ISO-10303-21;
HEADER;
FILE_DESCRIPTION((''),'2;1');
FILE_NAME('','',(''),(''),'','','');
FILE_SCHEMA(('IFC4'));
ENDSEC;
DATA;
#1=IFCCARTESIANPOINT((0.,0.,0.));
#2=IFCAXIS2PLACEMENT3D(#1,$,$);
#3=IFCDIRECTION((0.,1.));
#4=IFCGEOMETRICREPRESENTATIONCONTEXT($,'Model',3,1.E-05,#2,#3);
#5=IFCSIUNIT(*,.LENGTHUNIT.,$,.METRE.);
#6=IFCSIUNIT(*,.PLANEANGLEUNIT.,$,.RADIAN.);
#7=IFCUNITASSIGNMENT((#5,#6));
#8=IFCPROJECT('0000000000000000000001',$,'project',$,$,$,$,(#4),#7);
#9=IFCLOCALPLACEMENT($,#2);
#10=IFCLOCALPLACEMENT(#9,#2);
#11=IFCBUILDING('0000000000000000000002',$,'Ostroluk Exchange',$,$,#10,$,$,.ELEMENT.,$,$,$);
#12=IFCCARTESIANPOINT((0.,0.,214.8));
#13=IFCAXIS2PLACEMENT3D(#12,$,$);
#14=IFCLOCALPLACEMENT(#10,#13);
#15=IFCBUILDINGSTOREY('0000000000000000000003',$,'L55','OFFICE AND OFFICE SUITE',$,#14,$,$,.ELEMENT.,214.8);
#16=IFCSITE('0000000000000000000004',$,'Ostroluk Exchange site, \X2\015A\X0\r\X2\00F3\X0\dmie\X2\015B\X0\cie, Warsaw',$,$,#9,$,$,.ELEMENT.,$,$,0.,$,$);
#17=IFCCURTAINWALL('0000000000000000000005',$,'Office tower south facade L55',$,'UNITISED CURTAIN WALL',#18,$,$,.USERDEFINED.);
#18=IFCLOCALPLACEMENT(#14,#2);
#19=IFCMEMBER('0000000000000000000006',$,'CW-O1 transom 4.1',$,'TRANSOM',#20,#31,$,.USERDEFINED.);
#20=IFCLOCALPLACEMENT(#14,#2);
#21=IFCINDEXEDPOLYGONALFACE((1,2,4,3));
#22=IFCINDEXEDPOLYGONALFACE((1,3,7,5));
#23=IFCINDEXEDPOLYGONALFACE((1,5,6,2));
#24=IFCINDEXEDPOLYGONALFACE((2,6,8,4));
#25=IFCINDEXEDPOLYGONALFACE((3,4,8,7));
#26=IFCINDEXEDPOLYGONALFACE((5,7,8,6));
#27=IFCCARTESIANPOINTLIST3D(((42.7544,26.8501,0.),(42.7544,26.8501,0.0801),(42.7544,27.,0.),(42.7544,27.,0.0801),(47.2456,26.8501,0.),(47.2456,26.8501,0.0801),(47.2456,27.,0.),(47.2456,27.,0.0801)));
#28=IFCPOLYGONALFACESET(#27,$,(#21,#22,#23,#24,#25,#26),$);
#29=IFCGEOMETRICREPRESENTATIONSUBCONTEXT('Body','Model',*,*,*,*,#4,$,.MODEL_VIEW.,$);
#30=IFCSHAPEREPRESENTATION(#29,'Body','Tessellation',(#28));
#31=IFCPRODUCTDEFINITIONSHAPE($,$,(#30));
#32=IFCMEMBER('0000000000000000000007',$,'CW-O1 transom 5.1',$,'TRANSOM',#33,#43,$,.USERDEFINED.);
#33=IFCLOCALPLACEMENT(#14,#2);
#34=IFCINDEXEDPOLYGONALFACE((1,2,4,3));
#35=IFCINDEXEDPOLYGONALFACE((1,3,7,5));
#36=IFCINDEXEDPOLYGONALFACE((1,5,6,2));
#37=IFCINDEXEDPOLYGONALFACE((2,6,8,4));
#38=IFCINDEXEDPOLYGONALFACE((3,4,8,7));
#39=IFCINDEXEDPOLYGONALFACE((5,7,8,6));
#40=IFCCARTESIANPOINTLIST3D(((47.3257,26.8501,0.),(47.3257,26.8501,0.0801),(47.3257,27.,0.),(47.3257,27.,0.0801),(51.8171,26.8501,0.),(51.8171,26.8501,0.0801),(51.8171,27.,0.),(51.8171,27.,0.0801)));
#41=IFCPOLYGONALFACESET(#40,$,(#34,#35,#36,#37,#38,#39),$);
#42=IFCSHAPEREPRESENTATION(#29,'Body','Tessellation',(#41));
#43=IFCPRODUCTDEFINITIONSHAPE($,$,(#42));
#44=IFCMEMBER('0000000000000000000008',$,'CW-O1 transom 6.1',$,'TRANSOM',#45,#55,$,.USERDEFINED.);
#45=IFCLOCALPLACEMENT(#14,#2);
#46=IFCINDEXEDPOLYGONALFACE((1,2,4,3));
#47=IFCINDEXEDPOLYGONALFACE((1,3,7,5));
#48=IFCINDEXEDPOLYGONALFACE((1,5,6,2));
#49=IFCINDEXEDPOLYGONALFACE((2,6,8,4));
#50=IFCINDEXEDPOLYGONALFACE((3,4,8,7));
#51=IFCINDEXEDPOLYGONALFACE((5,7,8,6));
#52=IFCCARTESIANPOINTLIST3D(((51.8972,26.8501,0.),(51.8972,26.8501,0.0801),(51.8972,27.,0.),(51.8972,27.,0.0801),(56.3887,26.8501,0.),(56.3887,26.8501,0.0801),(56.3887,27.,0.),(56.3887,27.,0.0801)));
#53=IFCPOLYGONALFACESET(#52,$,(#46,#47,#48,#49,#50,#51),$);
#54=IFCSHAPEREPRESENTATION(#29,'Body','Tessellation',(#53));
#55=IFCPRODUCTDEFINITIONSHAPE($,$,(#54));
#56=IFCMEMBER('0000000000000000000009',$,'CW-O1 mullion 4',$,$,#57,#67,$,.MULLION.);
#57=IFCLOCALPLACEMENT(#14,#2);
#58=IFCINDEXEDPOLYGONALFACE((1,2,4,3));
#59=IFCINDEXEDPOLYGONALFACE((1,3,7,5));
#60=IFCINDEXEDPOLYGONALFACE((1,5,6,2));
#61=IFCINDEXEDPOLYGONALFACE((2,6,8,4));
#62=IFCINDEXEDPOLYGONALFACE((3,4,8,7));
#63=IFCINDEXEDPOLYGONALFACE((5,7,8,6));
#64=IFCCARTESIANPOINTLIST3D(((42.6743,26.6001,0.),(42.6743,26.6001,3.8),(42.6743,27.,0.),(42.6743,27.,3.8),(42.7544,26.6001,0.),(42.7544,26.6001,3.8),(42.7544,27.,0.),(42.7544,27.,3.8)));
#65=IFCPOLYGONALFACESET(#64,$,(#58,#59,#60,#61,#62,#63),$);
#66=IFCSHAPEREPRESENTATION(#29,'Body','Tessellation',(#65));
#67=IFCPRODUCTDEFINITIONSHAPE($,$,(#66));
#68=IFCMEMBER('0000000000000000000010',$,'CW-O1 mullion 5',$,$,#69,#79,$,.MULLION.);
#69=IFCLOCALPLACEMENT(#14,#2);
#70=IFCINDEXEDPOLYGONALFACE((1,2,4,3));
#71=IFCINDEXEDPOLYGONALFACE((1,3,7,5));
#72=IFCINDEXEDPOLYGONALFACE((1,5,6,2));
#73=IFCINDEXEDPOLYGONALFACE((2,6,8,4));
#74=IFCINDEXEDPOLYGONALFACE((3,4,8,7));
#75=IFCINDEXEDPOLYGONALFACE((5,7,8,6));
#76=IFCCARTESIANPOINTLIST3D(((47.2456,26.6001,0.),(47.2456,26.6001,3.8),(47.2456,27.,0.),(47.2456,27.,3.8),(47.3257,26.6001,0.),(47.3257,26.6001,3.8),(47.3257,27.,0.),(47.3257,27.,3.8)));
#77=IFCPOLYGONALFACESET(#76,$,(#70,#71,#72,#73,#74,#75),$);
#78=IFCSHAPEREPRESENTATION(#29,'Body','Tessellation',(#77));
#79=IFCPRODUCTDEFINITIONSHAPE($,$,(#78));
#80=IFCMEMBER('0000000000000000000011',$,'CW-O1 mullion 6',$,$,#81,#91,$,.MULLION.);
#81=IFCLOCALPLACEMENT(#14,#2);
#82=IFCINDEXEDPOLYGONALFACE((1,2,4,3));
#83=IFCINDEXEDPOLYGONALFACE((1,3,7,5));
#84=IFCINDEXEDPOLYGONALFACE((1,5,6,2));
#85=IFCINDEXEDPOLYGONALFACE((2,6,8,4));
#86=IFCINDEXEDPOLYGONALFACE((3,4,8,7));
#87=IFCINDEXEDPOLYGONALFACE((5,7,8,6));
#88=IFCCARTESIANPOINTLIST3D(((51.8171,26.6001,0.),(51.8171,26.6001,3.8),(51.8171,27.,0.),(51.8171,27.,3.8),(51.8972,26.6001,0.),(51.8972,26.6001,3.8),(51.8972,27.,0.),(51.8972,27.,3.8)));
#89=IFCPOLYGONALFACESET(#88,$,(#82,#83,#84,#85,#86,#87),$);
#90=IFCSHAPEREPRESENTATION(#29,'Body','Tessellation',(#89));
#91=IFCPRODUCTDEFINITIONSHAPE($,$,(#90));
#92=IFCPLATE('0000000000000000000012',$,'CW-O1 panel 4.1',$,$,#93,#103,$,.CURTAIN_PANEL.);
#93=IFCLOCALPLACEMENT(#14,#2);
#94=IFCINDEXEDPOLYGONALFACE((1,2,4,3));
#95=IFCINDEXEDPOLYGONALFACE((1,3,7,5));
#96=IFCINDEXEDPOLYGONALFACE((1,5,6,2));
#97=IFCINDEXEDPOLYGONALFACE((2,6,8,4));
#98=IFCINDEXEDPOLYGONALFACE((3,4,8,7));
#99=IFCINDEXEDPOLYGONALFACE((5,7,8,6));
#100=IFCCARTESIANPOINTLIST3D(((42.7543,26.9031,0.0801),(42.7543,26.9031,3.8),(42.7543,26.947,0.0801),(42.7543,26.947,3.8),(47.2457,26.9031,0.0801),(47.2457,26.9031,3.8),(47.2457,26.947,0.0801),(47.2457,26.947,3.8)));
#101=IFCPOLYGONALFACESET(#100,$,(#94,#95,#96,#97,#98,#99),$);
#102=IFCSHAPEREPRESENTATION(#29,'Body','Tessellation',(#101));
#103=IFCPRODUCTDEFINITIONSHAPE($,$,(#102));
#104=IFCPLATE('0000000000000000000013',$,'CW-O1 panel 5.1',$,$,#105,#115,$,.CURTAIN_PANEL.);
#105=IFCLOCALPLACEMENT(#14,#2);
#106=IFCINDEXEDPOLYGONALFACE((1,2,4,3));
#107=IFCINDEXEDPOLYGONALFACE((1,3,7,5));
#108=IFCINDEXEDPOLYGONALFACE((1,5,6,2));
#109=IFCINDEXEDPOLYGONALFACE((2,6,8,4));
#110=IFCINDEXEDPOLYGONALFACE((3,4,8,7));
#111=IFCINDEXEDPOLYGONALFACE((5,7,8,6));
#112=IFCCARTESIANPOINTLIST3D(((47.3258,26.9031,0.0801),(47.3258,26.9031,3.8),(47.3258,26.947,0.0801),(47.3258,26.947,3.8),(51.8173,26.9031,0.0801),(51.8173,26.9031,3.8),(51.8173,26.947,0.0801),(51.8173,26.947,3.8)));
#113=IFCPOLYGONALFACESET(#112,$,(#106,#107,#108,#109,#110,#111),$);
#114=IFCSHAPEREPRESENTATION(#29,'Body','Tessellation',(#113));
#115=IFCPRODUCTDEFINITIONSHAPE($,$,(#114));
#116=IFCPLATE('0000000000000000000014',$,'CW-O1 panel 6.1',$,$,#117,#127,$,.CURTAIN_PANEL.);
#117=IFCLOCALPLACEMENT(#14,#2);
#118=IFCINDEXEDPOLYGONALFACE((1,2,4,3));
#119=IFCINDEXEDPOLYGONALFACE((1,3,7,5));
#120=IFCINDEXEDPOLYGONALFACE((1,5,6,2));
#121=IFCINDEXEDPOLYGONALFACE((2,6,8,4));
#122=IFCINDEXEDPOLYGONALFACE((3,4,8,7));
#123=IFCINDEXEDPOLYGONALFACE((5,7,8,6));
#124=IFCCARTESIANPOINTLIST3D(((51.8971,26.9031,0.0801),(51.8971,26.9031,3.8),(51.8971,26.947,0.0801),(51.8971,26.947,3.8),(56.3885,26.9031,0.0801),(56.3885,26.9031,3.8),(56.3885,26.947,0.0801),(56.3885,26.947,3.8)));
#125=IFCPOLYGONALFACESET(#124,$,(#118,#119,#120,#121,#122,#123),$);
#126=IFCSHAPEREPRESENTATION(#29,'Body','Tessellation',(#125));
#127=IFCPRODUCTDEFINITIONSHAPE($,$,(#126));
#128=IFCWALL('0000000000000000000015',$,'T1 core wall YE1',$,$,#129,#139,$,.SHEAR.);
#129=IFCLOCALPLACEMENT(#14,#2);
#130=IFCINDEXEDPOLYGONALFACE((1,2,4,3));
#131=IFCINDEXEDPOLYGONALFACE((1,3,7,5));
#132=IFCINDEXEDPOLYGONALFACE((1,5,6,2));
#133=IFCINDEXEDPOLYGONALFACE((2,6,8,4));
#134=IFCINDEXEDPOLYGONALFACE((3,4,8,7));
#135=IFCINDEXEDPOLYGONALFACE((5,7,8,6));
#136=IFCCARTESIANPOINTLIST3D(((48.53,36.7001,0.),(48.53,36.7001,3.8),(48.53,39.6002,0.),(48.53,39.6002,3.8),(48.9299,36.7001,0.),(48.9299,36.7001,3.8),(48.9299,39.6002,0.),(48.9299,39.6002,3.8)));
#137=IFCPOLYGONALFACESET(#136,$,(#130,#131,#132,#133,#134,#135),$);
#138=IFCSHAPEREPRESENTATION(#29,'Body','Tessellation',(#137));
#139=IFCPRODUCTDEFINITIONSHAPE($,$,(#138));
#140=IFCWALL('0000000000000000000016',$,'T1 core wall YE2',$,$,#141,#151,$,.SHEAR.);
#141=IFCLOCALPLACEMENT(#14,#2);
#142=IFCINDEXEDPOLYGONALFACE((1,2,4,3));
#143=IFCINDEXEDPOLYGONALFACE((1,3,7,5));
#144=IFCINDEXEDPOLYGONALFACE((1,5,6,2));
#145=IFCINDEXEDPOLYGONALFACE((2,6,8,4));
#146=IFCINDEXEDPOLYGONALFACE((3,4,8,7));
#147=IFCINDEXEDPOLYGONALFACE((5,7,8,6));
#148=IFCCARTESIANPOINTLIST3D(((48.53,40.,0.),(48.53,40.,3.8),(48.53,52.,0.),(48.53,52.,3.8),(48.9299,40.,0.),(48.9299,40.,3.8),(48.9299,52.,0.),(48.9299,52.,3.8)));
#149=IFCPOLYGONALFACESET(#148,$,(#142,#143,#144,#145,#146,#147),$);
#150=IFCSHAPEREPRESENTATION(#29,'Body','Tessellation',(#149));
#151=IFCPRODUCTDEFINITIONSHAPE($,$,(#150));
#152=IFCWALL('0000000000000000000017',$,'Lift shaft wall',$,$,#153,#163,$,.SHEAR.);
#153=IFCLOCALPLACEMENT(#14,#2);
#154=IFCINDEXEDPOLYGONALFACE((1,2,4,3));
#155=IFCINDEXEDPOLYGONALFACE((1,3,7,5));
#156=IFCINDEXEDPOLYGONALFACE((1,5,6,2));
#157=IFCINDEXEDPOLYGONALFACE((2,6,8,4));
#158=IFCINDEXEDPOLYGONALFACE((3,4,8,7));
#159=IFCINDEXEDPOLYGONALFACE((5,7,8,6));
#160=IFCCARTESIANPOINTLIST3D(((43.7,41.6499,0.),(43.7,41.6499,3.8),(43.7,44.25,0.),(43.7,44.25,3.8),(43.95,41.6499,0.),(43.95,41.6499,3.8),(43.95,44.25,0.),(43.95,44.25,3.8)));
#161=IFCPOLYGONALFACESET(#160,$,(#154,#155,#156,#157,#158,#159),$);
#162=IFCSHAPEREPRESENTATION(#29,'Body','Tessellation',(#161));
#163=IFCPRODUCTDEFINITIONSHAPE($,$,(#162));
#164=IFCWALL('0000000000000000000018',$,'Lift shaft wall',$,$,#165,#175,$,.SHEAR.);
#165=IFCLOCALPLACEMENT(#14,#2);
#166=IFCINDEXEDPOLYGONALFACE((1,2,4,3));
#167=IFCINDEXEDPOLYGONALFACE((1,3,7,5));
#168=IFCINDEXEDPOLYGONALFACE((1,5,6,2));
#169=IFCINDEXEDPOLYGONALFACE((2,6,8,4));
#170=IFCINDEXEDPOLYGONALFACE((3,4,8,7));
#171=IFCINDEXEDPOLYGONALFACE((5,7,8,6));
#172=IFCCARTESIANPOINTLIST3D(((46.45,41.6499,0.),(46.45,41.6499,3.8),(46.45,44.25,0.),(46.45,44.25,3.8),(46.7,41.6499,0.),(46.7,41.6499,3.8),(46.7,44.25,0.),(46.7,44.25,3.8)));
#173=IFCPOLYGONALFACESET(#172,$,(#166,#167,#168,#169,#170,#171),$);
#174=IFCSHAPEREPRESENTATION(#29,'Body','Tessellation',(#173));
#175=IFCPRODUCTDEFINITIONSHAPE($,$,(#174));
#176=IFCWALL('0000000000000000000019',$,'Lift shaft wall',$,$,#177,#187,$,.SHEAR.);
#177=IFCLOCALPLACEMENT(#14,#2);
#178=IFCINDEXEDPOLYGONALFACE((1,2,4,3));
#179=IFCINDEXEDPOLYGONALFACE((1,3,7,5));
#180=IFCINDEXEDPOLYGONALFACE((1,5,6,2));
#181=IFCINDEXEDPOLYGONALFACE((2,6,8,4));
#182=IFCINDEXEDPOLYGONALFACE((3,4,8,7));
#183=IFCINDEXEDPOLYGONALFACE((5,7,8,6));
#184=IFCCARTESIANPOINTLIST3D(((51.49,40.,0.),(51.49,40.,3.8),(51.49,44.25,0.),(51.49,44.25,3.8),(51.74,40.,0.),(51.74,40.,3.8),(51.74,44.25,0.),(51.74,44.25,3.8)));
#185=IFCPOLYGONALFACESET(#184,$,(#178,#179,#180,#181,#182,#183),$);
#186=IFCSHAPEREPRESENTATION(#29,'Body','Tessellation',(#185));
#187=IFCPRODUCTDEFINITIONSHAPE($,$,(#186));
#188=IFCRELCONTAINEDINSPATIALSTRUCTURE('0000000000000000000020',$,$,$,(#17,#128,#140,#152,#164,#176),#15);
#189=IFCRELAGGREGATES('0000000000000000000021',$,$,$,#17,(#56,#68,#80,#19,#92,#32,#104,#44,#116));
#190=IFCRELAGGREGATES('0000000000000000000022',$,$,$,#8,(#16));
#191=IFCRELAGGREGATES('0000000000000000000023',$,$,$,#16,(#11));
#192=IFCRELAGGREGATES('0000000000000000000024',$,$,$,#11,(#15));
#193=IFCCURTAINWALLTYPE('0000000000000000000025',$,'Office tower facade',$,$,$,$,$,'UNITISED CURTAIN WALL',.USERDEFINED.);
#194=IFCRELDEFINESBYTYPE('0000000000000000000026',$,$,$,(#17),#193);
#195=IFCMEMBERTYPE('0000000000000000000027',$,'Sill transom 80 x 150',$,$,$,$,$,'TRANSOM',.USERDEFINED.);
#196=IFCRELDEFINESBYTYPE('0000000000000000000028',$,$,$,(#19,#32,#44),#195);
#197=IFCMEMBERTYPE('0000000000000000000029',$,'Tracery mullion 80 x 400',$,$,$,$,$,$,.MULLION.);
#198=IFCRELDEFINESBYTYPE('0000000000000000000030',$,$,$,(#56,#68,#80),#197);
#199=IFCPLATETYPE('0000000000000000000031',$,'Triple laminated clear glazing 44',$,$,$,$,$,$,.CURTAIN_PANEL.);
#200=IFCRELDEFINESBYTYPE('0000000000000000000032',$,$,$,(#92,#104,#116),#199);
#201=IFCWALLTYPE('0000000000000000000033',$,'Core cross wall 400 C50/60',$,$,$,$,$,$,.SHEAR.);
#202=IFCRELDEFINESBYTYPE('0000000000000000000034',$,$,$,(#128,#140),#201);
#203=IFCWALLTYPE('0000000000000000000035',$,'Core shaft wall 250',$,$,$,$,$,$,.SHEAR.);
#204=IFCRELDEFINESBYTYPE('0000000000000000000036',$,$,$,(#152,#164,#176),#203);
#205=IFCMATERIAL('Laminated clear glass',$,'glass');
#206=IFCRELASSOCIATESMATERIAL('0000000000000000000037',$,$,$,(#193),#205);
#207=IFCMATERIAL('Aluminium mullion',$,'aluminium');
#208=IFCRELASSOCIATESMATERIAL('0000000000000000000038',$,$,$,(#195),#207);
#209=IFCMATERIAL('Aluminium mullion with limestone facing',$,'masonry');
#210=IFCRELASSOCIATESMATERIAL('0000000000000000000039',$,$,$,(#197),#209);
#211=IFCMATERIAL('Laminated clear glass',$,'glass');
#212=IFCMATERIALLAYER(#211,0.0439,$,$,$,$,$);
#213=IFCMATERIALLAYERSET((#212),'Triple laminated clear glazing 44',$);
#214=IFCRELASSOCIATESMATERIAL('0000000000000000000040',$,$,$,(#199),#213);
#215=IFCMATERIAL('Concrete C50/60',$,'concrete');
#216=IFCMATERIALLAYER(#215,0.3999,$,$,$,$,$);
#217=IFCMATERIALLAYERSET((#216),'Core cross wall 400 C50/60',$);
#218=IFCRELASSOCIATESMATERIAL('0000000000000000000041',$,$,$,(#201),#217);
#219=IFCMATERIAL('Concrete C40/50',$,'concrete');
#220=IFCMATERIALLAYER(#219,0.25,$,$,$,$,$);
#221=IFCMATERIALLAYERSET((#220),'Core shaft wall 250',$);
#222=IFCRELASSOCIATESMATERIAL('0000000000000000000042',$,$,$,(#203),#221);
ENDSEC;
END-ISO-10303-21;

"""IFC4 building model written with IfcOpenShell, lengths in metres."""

from ifc_helpers import new_model, si_unit, direction, frame, frame_2d, origin, origin_2d, place, context, subcontext, project, spatial, rectangle, extrude, material, layer, layer_set, material_profile, profile_set, type_object, element, aggregate, save


model = new_model("IFC4")

# Units and contexts
model_context = context("Model", 3, precision=1e-05, world=origin(), true_north=direction((0.0, 1.0)))
body_context = subcontext(model_context, "Body", "Model", "MODEL_VIEW")
ifc_project = project(units=[si_unit("LENGTHUNIT", "METRE"), si_unit("PLANEANGLEUNIT", "RADIAN")], contexts=[model_context])

# Site, building, storey
site_placement = place(None, origin())
site = spatial("IfcSite", under=ifc_project, at=site_placement, Name="Ostroluk Exchange site, Śródmieście, Warsaw", CompositionType="ELEMENT", RefElevation=0.0)
building_placement = place(site_placement, origin())
building = spatial("IfcBuilding", under=site, at=building_placement, Name="Ostroluk Exchange", CompositionType="ELEMENT")
storey_placement = place(building_placement, frame((0.0, 0.0, 214.8)))
storey = spatial("IfcBuildingStorey", under=building, at=storey_placement, Name="L55", Description="OFFICE AND OFFICE SUITE", CompositionType="ELEMENT", Elevation=214.8)

# Curtain wall, members, plates
ifc_material_1 = material(Name="Laminated clear glass", Category="glass")
curtain_wall_type = type_object("IfcCurtainWallType", Name="Office tower facade", ElementType="UNITISED CURTAIN WALL", PredefinedType="USERDEFINED", material=ifc_material_1)
curtain_wall_placement = place(storey_placement, origin())
curtain_wall = element("IfcCurtainWall", 1, at=curtain_wall_placement, inside=storey, type_object=curtain_wall_type, Name="Office tower south facade L55", ObjectType="UNITISED CURTAIN WALL", PredefinedType="USERDEFINED")
ifc_material_2 = material(Name="Aluminium mullion", Category="aluminium")
ifc_material_profile_1 = material_profile(ifc_material_2, rectangle(XDim=0.1499, YDim=0.0801, at=origin_2d()), Name="Sill transom 80 x 150")
ifc_profile_set_1 = profile_set([ifc_material_profile_1], Name="Aluminium mullion")
member_type_1 = type_object("IfcMemberType", Name="Sill transom 80 x 150", ElementType="TRANSOM", PredefinedType="USERDEFINED", material=ifc_profile_set_1)
member_1_placement = place(storey_placement, frame((42.7544, 26.925, 0.04), z_axis=(1.0, 0.0, 0.0), x_axis=(0.0, 1.0, 0.0)))
member_1 = element("IfcMember", 2, at=member_1_placement, type_object=member_type_1, Name="CW-O1 transom 4.1", ObjectType="TRANSOM", PredefinedType="USERDEFINED", context=body_context, shape_type="SweptSolid", body=[
    extrude(rectangle(XDim=0.1499, YDim=0.0801, at=origin_2d()), origin(), (0.0, 0.0, 1.0), 4.4912),
])
member_2_placement = place(storey_placement, frame((47.3257, 26.925, 0.04), z_axis=(1.0, 0.0, 0.0), x_axis=(0.0, 1.0, 0.0)))
member_2 = element("IfcMember", 3, at=member_2_placement, type_object=member_type_1, Name="CW-O1 transom 5.1", ObjectType="TRANSOM", PredefinedType="USERDEFINED", context=body_context, shape_type="SweptSolid", body=[
    extrude(rectangle(XDim=0.1499, YDim=0.0801, at=origin_2d()), origin(), (0.0, 0.0, 1.0), 4.4915),
])
member_3_placement = place(storey_placement, frame((51.8972, 26.925, 0.04), z_axis=(1.0, 0.0, 0.0), x_axis=(0.0, 1.0, 0.0)))
member_3 = element("IfcMember", 4, at=member_3_placement, type_object=member_type_1, Name="CW-O1 transom 6.1", ObjectType="TRANSOM", PredefinedType="USERDEFINED", context=body_context, shape_type="SweptSolid", body=[
    extrude(rectangle(XDim=0.1499, YDim=0.0801, at=origin_2d()), origin(), (0.0, 0.0, 1.0), 4.4915),
])
ifc_material_3 = material(Name="Aluminium mullion with limestone facing", Category="masonry")
ifc_material_profile_2 = material_profile(ifc_material_3, rectangle(XDim=0.3999, YDim=0.0801, at=origin_2d()), Name="Tracery mullion 80 x 400")
ifc_profile_set_2 = profile_set([ifc_material_profile_2], Name="Aluminium mullion with limestone facing")
member_type_2 = type_object("IfcMemberType", Name="Tracery mullion 80 x 400", PredefinedType="MULLION", material=ifc_profile_set_2)
member_4_placement = place(storey_placement, frame((42.7144, 26.8, 0.0), z_axis=(0.0, 0.0, 1.0), x_axis=(0.0, 1.0, 0.0)))
member_4 = element("IfcMember", 5, at=member_4_placement, type_object=member_type_2, Name="CW-O1 mullion 4", PredefinedType="MULLION", context=body_context, shape_type="SweptSolid", body=[
    extrude(rectangle(XDim=0.3999, YDim=0.0801, at=origin_2d()), origin(), (0.0, 0.0, 1.0), 3.8),
])
member_5_placement = place(storey_placement, frame((47.2856, 26.8, 0.0), z_axis=(0.0, 0.0, 1.0), x_axis=(0.0, 1.0, 0.0)))
member_5 = element("IfcMember", 6, at=member_5_placement, type_object=member_type_2, Name="CW-O1 mullion 5", PredefinedType="MULLION", context=body_context, shape_type="SweptSolid", body=[
    extrude(rectangle(XDim=0.3999, YDim=0.0801, at=origin_2d()), origin(), (0.0, 0.0, 1.0), 3.8),
])
member_6_placement = place(storey_placement, frame((51.8572, 26.8, 0.0), z_axis=(0.0, 0.0, 1.0), x_axis=(0.0, 1.0, 0.0)))
member_6 = element("IfcMember", 7, at=member_6_placement, type_object=member_type_2, Name="CW-O1 mullion 6", PredefinedType="MULLION", context=body_context, shape_type="SweptSolid", body=[
    extrude(rectangle(XDim=0.3999, YDim=0.0801, at=origin_2d()), origin(), (0.0, 0.0, 1.0), 3.8),
])
ifc_material_4 = material(Name="Laminated clear glass", Category="glass")
ifc_layer_1 = layer(ifc_material_4, 0.0439)
ifc_layer_set_1 = layer_set([ifc_layer_1], Name="Triple laminated clear glazing 44")
plate_type = type_object("IfcPlateType", Name="Triple laminated clear glazing 44", PredefinedType="CURTAIN_PANEL", material=ifc_layer_set_1)
plate_1_placement = place(storey_placement, frame((45.0, 26.925, 0.0801), z_axis=(0.0, 0.0, 1.0), x_axis=(1.0, 0.0, 0.0)))
plate_1 = element("IfcPlate", 8, at=plate_1_placement, type_object=plate_type, Name="CW-O1 panel 4.1", PredefinedType="CURTAIN_PANEL", context=body_context, shape_type="SweptSolid", body=[
    extrude(rectangle(XDim=4.4915, YDim=0.0439, at=origin_2d()), origin(), (0.0, 0.0, 1.0), 3.72),
])
plate_2_placement = place(storey_placement, frame((49.5715, 26.925, 0.0801), z_axis=(0.0, 0.0, 1.0), x_axis=(1.0, 0.0, 0.0)))
plate_2 = element("IfcPlate", 9, at=plate_2_placement, type_object=plate_type, Name="CW-O1 panel 5.1", PredefinedType="CURTAIN_PANEL", context=body_context, shape_type="SweptSolid", body=[
    extrude(rectangle(XDim=4.4915, YDim=0.0439, at=origin_2d()), origin(), (0.0, 0.0, 1.0), 3.72),
])
plate_3_placement = place(storey_placement, frame((54.1428, 26.925, 0.0801), z_axis=(0.0, 0.0, 1.0), x_axis=(1.0, 0.0, 0.0)))
plate_3 = element("IfcPlate", 10, at=plate_3_placement, type_object=plate_type, Name="CW-O1 panel 6.1", PredefinedType="CURTAIN_PANEL", context=body_context, shape_type="SweptSolid", body=[
    extrude(rectangle(XDim=4.4915, YDim=0.0439, at=origin_2d()), origin(), (0.0, 0.0, 1.0), 3.72),
])
aggregate(curtain_wall, [member_4, member_5, member_6, member_1, plate_1, member_2, plate_2, member_3, plate_3])

# Walls
ifc_material_5 = material(Name="Concrete C50/60", Category="concrete")
ifc_layer_2 = layer(ifc_material_5, 0.3999)
ifc_layer_set_2 = layer_set([ifc_layer_2], Name="Core cross wall 400 C50/60")
wall_type_1 = type_object("IfcWallType", Name="Core cross wall 400 C50/60", PredefinedType="SHEAR", material=ifc_layer_set_2)
wall_1_placement = place(storey_placement, frame((48.73, 36.7, 0.0), z_axis=(0.0, 0.0, 1.0), x_axis=(0.0, 1.0, 0.0)))
element("IfcWall", 11, at=wall_1_placement, inside=storey, type_object=wall_type_1, Name="T1 core wall YE1", PredefinedType="SHEAR", context=body_context, shape_type="SweptSolid", body=[
    extrude(rectangle(XDim=2.9001, YDim=0.3999, at=frame_2d((1.4502, 0.0))), origin(), (0.0, 0.0, 1.0), 3.8),
])
wall_2_placement = place(storey_placement, frame((48.73, 40.0, 0.0), z_axis=(0.0, 0.0, 1.0), x_axis=(0.0, 1.0, 0.0)))
element("IfcWall", 12, at=wall_2_placement, inside=storey, type_object=wall_type_1, Name="T1 core wall YE2", PredefinedType="SHEAR", context=body_context, shape_type="SweptSolid", body=[
    extrude(rectangle(XDim=12.0, YDim=0.3999, at=frame_2d((6.0, 0.0))), origin(), (0.0, 0.0, 1.0), 3.8),
])

# Shared definitions
ifc_material_6 = material(Name="Concrete C40/50", Category="concrete")
ifc_layer_3 = layer(ifc_material_6, 0.25)
ifc_layer_set_3 = layer_set([ifc_layer_3], Name="Core shaft wall 250")
wall_type_2 = type_object("IfcWallType", Name="Core shaft wall 250", PredefinedType="SHEAR", material=ifc_layer_set_3)

# Walls
for number, where, z_axis, x_axis, name in (
    (13, (43.825, 44.25, 0.0), (0.0, 0.0, 1.0), (0.0, -1.0, 0.0), "Lift shaft wall"),
    (14, (46.575, 44.25, 0.0), (0.0, 0.0, 1.0), (0.0, -1.0, 0.0), "Lift shaft wall"),
):
    element("IfcWall", number, at=place(storey_placement, frame(where, z_axis=z_axis, x_axis=x_axis)), inside=storey, type_object=wall_type_2, Name=name, PredefinedType="SHEAR", context=body_context, shape_type="SweptSolid", body=[
        extrude(rectangle(XDim=2.6001, YDim=0.25, at=frame_2d((1.3, 0.0))), origin(), (0.0, 0.0, 1.0), 3.8),
    ])
wall_3_placement = place(storey_placement, frame((51.615, 44.25, 0.0), z_axis=(0.0, 0.0, 1.0), x_axis=(0.0, -1.0, 0.0)))
element("IfcWall", 15, at=wall_3_placement, inside=storey, type_object=wall_type_2, Name="Lift shaft wall", PredefinedType="SHEAR", context=body_context, shape_type="SweptSolid", body=[
    extrude(rectangle(XDim=4.25, YDim=0.25, at=frame_2d((2.125, 0.0))), origin(), (0.0, 0.0, 1.0), 3.8),
])

save(model, "model.ifc")
